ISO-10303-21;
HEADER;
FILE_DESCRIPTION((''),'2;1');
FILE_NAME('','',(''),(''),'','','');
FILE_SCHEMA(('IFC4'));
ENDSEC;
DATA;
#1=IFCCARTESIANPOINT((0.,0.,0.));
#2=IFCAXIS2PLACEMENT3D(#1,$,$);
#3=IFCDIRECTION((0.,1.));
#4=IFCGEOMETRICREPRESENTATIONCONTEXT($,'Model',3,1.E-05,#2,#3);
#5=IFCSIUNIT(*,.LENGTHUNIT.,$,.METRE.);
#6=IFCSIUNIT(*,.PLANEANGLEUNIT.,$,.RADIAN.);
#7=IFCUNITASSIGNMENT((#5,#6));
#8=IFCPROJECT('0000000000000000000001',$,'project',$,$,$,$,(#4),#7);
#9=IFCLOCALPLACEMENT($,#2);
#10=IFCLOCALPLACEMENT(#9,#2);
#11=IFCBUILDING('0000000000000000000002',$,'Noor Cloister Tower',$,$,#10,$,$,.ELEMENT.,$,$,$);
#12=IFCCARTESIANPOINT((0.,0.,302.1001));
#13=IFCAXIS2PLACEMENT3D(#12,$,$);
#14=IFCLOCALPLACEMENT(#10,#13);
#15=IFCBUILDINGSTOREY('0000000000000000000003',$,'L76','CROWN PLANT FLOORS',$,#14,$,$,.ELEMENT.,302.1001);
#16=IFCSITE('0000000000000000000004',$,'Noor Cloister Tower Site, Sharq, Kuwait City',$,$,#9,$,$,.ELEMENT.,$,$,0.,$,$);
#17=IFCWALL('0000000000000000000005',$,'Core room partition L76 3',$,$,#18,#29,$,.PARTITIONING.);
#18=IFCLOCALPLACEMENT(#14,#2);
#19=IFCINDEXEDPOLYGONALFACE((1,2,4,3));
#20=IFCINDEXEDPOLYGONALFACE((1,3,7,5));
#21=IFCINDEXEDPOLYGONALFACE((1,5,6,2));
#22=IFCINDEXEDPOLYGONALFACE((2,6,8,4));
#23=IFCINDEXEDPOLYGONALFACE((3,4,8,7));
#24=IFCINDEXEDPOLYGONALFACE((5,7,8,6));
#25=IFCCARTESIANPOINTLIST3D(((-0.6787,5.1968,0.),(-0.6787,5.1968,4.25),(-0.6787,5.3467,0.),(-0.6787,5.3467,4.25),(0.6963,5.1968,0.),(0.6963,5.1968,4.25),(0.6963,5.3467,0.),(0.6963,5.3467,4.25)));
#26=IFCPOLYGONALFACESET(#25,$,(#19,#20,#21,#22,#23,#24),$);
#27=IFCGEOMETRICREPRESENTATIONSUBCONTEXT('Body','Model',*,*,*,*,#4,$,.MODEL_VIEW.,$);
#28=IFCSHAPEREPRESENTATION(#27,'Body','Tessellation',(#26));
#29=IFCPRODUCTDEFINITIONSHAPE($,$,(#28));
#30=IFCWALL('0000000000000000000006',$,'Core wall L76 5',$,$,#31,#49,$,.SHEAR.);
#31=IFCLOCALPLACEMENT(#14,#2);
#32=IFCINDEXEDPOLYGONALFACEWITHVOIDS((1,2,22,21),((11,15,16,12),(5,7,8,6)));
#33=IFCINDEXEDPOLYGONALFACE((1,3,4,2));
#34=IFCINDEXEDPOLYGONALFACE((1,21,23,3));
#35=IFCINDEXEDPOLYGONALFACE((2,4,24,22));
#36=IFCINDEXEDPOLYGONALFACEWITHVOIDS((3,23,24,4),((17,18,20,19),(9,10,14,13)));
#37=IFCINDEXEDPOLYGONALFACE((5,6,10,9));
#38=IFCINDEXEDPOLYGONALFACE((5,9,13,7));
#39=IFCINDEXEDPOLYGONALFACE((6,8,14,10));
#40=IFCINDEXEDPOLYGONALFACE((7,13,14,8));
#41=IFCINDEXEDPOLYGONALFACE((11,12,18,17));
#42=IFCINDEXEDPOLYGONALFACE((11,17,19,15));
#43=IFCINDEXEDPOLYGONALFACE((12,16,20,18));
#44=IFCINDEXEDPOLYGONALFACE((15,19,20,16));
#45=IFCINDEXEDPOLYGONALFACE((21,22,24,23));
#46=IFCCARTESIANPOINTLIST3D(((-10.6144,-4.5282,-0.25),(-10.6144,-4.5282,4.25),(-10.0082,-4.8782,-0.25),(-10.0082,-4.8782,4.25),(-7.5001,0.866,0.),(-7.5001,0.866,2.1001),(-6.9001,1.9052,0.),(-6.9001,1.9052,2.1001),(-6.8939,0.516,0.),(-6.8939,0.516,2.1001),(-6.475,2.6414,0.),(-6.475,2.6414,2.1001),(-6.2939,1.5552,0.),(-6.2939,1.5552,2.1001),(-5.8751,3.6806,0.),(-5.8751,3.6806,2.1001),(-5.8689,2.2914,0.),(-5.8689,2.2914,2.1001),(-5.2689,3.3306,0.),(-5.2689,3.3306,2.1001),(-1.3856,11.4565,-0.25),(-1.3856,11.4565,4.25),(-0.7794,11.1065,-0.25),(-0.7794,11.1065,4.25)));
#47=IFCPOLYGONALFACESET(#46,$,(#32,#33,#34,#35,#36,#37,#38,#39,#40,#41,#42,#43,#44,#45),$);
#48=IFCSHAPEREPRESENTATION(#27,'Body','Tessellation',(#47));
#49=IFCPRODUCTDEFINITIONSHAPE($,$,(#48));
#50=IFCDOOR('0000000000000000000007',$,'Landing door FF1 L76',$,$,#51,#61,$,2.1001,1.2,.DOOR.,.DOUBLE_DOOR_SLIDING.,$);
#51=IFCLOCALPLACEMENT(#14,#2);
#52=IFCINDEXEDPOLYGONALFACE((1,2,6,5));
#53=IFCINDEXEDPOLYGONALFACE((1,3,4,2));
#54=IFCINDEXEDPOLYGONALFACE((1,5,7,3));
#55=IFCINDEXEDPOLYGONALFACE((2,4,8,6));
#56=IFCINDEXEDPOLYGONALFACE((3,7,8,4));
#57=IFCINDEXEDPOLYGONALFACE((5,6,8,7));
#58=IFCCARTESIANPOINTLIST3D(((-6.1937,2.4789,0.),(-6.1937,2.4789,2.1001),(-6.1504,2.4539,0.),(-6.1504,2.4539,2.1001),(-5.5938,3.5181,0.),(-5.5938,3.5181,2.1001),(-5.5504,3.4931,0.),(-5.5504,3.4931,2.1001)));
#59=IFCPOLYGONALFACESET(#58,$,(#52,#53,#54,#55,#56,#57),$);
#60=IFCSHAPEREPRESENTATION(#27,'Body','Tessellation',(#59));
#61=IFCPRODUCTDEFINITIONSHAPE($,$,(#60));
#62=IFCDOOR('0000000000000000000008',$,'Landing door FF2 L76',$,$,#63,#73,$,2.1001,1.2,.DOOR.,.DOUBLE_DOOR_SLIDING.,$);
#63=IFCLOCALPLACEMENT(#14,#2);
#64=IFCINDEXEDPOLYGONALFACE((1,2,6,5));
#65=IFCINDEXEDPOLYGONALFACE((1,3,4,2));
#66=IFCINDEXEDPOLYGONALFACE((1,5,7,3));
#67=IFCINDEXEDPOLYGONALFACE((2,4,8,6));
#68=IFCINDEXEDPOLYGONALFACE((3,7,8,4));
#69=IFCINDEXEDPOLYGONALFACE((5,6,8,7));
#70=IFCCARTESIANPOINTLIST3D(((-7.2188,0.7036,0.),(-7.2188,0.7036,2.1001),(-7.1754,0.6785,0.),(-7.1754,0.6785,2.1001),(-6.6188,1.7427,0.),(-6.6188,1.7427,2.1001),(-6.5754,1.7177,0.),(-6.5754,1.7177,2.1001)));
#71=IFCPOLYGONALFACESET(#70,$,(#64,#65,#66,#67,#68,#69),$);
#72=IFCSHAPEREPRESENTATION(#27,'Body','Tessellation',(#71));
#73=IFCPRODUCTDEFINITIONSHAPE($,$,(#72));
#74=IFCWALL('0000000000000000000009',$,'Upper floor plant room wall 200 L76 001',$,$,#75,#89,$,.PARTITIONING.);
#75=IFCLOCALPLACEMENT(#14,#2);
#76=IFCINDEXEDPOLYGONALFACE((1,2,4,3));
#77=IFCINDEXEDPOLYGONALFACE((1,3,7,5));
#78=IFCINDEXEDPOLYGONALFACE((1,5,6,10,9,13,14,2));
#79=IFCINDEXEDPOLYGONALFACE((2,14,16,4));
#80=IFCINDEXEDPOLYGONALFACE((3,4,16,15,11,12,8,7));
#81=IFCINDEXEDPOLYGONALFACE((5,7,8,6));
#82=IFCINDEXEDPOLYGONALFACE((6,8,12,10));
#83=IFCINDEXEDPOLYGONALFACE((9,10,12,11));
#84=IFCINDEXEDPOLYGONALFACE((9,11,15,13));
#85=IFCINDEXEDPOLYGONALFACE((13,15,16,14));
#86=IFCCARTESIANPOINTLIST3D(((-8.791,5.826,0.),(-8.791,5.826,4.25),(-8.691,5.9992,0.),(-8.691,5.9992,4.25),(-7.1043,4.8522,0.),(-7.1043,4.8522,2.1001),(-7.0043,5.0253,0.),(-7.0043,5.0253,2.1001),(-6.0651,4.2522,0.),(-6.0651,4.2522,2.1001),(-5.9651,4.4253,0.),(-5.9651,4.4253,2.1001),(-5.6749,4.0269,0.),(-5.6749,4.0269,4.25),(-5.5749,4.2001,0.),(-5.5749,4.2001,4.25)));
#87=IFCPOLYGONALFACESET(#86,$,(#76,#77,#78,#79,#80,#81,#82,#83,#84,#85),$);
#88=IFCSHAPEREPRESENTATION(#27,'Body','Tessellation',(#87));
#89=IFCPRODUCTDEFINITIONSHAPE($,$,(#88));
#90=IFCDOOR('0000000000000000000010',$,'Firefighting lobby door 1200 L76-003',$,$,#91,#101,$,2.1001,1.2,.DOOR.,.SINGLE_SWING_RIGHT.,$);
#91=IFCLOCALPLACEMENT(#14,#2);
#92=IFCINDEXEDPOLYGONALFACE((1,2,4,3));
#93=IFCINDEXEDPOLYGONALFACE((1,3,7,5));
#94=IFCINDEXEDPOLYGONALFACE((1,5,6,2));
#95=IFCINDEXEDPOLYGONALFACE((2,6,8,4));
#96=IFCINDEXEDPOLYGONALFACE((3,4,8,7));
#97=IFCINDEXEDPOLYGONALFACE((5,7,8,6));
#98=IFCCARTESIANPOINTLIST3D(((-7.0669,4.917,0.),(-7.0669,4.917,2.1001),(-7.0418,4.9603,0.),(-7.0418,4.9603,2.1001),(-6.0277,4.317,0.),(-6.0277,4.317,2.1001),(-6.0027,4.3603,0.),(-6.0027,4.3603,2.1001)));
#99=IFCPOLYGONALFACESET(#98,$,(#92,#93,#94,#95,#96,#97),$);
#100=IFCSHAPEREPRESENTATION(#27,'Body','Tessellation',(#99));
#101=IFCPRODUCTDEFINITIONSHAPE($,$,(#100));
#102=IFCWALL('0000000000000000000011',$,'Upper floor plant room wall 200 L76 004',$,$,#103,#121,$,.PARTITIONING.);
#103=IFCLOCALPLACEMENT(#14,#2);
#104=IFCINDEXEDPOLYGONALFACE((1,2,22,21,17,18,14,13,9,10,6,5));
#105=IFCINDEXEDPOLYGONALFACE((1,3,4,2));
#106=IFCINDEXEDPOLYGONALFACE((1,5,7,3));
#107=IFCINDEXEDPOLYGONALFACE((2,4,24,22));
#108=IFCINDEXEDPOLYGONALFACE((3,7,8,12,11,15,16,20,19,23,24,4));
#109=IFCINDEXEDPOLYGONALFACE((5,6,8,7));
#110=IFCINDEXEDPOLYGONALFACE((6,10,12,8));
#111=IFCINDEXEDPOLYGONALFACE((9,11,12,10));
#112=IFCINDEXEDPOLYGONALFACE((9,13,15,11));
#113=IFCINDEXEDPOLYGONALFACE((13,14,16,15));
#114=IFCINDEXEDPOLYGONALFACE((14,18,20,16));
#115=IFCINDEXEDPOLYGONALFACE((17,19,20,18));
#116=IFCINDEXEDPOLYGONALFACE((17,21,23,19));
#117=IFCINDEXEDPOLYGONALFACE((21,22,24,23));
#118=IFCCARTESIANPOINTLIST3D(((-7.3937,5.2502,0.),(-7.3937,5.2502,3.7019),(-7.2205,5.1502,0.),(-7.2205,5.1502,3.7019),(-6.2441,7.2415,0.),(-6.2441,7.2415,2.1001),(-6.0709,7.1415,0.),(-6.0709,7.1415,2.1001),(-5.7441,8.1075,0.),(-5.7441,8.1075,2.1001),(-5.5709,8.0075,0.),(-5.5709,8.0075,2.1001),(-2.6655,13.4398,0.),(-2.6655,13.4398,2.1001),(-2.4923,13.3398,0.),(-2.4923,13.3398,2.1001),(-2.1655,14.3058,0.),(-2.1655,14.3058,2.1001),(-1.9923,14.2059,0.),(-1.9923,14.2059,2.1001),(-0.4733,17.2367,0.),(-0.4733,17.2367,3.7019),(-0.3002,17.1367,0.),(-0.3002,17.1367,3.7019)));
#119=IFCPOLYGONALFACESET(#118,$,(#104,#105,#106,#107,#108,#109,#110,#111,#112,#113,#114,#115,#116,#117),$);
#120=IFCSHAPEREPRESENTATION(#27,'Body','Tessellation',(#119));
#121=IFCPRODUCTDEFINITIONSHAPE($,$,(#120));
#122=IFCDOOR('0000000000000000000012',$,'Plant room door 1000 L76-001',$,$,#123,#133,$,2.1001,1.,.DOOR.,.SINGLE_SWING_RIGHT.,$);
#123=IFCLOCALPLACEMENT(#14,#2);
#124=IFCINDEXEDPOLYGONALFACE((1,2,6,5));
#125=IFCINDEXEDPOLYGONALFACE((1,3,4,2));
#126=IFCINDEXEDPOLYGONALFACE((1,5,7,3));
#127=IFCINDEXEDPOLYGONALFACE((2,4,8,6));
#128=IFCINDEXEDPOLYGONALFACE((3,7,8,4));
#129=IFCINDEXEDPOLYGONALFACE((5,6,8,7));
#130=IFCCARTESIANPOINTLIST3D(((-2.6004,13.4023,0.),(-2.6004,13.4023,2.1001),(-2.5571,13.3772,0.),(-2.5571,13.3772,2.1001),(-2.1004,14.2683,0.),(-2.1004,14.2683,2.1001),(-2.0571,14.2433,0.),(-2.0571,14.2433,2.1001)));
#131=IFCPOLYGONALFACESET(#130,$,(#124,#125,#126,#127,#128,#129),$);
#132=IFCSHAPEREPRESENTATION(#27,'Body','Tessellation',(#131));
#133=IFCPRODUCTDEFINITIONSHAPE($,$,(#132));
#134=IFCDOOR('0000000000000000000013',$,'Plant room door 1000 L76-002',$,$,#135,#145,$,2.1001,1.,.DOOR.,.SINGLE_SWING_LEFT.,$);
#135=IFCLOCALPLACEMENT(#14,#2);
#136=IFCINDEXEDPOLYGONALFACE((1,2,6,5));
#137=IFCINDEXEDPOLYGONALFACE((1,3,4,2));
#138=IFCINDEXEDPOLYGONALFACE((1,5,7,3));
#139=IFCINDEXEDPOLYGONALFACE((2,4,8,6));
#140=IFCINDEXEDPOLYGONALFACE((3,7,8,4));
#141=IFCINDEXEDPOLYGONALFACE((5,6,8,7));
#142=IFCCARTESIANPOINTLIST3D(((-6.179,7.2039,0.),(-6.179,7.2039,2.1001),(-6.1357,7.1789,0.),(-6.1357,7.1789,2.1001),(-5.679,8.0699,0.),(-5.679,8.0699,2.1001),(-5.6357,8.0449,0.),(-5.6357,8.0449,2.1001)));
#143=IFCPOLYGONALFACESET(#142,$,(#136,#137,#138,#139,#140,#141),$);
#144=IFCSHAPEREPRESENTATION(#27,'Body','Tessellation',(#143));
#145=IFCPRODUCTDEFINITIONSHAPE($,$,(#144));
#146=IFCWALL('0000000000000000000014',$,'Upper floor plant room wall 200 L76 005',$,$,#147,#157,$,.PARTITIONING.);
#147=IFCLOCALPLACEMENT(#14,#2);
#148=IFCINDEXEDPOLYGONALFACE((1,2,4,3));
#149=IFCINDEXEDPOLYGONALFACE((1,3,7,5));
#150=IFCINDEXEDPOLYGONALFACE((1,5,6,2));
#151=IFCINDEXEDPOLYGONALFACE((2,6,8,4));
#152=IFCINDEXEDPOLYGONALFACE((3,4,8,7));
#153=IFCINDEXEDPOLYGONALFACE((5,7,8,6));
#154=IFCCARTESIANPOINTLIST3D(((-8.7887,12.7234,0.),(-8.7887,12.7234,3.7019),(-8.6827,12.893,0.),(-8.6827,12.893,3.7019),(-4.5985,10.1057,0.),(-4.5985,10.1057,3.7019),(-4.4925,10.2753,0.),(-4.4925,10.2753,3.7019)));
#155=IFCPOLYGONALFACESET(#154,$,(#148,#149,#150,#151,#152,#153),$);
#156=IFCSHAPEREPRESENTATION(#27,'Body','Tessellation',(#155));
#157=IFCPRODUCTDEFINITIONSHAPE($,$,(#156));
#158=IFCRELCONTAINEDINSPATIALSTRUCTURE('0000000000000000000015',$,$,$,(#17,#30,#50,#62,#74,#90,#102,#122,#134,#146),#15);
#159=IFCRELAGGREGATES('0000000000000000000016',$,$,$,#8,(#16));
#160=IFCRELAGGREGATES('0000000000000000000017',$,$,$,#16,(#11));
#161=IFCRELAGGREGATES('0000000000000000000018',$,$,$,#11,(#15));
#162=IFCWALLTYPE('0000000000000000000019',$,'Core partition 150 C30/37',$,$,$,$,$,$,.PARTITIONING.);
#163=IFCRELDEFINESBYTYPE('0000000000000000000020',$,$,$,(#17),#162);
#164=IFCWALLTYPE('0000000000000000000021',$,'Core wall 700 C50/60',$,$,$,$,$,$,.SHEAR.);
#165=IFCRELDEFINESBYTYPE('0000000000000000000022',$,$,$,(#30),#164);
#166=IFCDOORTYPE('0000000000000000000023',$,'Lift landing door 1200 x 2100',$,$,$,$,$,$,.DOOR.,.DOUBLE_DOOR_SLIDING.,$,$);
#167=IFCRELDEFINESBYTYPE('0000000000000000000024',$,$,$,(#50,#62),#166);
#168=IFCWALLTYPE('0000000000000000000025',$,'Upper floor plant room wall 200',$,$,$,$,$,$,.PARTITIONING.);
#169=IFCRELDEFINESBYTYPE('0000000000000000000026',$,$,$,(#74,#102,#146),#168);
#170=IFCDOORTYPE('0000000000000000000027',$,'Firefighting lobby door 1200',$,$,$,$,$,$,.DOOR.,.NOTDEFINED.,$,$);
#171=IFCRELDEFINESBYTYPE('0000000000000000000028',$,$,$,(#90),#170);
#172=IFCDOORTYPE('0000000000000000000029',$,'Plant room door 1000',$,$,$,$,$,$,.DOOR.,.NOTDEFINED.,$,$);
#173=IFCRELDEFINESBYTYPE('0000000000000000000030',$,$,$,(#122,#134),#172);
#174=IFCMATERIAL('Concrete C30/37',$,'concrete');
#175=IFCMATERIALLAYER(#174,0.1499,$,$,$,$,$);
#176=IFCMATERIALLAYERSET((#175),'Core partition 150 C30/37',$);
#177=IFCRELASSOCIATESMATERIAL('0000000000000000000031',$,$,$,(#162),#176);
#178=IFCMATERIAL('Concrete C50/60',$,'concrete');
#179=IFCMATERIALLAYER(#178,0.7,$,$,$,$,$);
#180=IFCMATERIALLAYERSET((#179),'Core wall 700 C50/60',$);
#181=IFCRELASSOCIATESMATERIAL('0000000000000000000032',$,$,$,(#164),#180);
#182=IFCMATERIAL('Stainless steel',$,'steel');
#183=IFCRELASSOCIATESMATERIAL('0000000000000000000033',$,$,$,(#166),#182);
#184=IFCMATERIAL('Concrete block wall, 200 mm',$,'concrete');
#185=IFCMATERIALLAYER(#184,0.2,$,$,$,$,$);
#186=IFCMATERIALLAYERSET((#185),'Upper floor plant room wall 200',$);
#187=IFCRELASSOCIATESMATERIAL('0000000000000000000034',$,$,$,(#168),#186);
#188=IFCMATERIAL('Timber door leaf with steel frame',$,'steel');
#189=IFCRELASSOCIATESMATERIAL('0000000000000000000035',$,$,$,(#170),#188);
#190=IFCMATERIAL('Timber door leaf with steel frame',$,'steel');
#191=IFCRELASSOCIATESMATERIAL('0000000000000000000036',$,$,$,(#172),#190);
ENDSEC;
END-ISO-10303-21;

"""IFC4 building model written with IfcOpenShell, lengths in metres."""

from ifc_helpers import new_model, si_unit, direction, frame, frame_2d, origin, place, context, subcontext, project, spatial, rectangle, extrude, material, layer, layer_set, type_object, element, fill, save


model = new_model("IFC4")

# Units and contexts
model_context = context("Model", 3, precision=1e-05, world=origin(), true_north=direction((0.0, 1.0)))
body_context = subcontext(model_context, "Body", "Model", "MODEL_VIEW")
ifc_project = project(units=[si_unit("LENGTHUNIT", "METRE"), si_unit("PLANEANGLEUNIT", "RADIAN")], contexts=[model_context])

# Site, building, storey
site_placement = place(None, origin())
site = spatial("IfcSite", under=ifc_project, at=site_placement, Name="Noor Cloister Tower Site, Sharq, Kuwait City", CompositionType="ELEMENT", RefElevation=0.0)
building_placement = place(site_placement, origin())
building = spatial("IfcBuilding", under=site, at=building_placement, Name="Noor Cloister Tower", CompositionType="ELEMENT")
storey_placement = place(building_placement, frame((0.0, 0.0, 302.1001)))
storey = spatial("IfcBuildingStorey", under=building, at=storey_placement, Name="L76", Description="CROWN PLANT FLOORS", CompositionType="ELEMENT", Elevation=302.1001)

# Shared definitions
ifc_material_1 = material(Name="Concrete C30/37", Category="concrete")
ifc_layer_1 = layer(ifc_material_1, 0.1499)
ifc_layer_set_1 = layer_set([ifc_layer_1], Name="Core partition 150 C30/37")
wall_type_1 = type_object("IfcWallType", Name="Core partition 150 C30/37", PredefinedType="PARTITIONING", material=ifc_layer_set_1)

# Wall
wall_1_placement = place(storey_placement, frame((-0.6787, 5.2717, 0.0), z_axis=(0.0, 0.0, 1.0), x_axis=(1.0, 0.0, 0.0)))
element("IfcWall", 1, at=wall_1_placement, inside=storey, type_object=wall_type_1, Name="Core room partition L76 3", PredefinedType="PARTITIONING", context=body_context, shape_type="SweptSolid", body=[
    extrude(rectangle(XDim=1.375, YDim=0.1499, at=frame_2d((0.6875, 0.0))), origin(), (0.0, 0.0, 1.0), 4.25),
])

# Wall, openings, doors
ifc_material_2 = material(Name="Concrete C50/60", Category="concrete")
ifc_layer_2 = layer(ifc_material_2, 0.7)
ifc_layer_set_2 = layer_set([ifc_layer_2], Name="Core wall 700 C50/60")
wall_type_2 = type_object("IfcWallType", Name="Core wall 700 C50/60", PredefinedType="SHEAR", material=ifc_layer_set_2)
wall_2_placement = place(storey_placement, frame((-1.0825, 11.2815, -0.25), z_axis=(0.0, 0.0, 1.0), x_axis=(-0.500001, -0.866025, 0.0)))
wall_2 = element("IfcWall", 2, at=wall_2_placement, inside=storey, type_object=wall_type_2, Name="Core wall L76 5", PredefinedType="SHEAR", context=body_context, shape_type="SweptSolid", body=[
    extrude(rectangle(XDim=18.4575, YDim=0.7, at=frame_2d((9.2288, 0.0))), origin(), (0.0, 0.0, 1.0), 4.5),
])
opening_1_placement = place(wall_2_placement, frame((8.9788, 0.0, 0.25)))
opening_1 = element("IfcOpeningElement", 3, at=opening_1_placement, cuts=wall_2, PredefinedType="OPENING", context=body_context, shape_type="SweptSolid", body=[
    extrude(rectangle(XDim=1.2, YDim=2.1001, at=frame_2d((0.6001, 1.05))), frame((0.0, 0.3599, 0.0), z_axis=(0.0, -1.0, 0.0), x_axis=(1.0, 0.0, 0.0)), (0.0, 0.0, 1.0), 0.72),
])
opening_2_placement = place(wall_2_placement, frame((11.0288, 0.0, 0.25)))
opening_2 = element("IfcOpeningElement", 4, at=opening_2_placement, cuts=wall_2, PredefinedType="OPENING", context=body_context, shape_type="SweptSolid", body=[
    extrude(rectangle(XDim=1.2, YDim=2.1001, at=frame_2d((0.6001, 1.05))), frame((0.0, 0.3599, 0.0), z_axis=(0.0, -1.0, 0.0), x_axis=(1.0, 0.0, 0.0)), (0.0, 0.0, 1.0), 0.72),
])
ifc_material_3 = material(Name="Stainless steel", Category="steel")
door_type_1 = type_object("IfcDoorType", Name="Lift landing door 1200 x 2100", OperationType="DOUBLE_DOOR_SLIDING", PredefinedType="DOOR", material=ifc_material_3)
door_1_placement = place(opening_1_placement, origin())
door_1 = element("IfcDoor", 5, at=door_1_placement, inside=storey, type_object=door_type_1, Name="Landing door FF1 L76", OperationType="DOUBLE_DOOR_SLIDING", OverallHeight=2.1001, OverallWidth=1.2, PredefinedType="DOOR", context=body_context, shape_type="SweptSolid", body=[
    extrude(rectangle(XDim=1.2, YDim=2.1001, at=frame_2d((0.6001, 1.05))), frame((0.0, 0.0249, 0.0), z_axis=(0.0, -1.0, 0.0), x_axis=(1.0, 0.0, 0.0)), (0.0, 0.0, 1.0), 0.05),
])
fill(opening_1, door_1)
door_2_placement = place(opening_2_placement, origin())
door_2 = element("IfcDoor", 6, at=door_2_placement, inside=storey, type_object=door_type_1, Name="Landing door FF2 L76", OperationType="DOUBLE_DOOR_SLIDING", OverallHeight=2.1001, OverallWidth=1.2, PredefinedType="DOOR", context=body_context, shape_type="SweptSolid", body=[
    extrude(rectangle(XDim=1.2, YDim=2.1001, at=frame_2d((0.6001, 1.05))), frame((0.0, 0.0249, 0.0), z_axis=(0.0, -1.0, 0.0), x_axis=(1.0, 0.0, 0.0)), (0.0, 0.0, 1.0), 0.05),
])
fill(opening_2, door_2)

# Wall, opening, door
ifc_material_4 = material(Name="Concrete block wall, 200 mm", Category="concrete")
ifc_layer_3 = layer(ifc_material_4, 0.2)
ifc_layer_set_3 = layer_set([ifc_layer_3], Name="Upper floor plant room wall 200")
wall_type_3 = type_object("IfcWallType", Name="Upper floor plant room wall 200", PredefinedType="PARTITIONING", material=ifc_layer_set_3)
wall_3_placement = place(storey_placement, frame((-8.741, 5.9126, 0.0), z_axis=(0.0, 0.0, 1.0), x_axis=(0.866017, -0.500014, 0.0)))
wall_3 = element("IfcWall", 7, at=wall_3_placement, inside=storey, type_object=wall_type_3, Name="Upper floor plant room wall 200 L76 001", PredefinedType="PARTITIONING", context=body_context, shape_type="SweptSolid", body=[
    extrude(rectangle(XDim=3.5981, YDim=0.2, at=frame_2d((1.7991, 0.0))), origin(), (0.0, 0.0, 1.0), 4.25),
])
opening_3_placement = place(wall_3_placement, frame((1.9475, 0.0, 0.0)))
opening_3 = element("IfcOpeningElement", 8, at=opening_3_placement, cuts=wall_3, PredefinedType="OPENING", context=body_context, shape_type="SweptSolid", body=[
    extrude(rectangle(XDim=1.2, YDim=2.1001, at=frame_2d((0.6001, 1.05))), frame((0.0, 0.1099, 0.0), z_axis=(0.0, -1.0, 0.0), x_axis=(1.0, 0.0, 0.0)), (0.0, 0.0, 1.0), 0.22),
])
ifc_material_5 = material(Name="Timber door leaf with steel frame", Category="steel")
door_type_2 = type_object("IfcDoorType", Name="Firefighting lobby door 1200", OperationType="NOTDEFINED", PredefinedType="DOOR", material=ifc_material_5)
door_3_placement = place(opening_3_placement, origin())
door_3 = element("IfcDoor", 9, at=door_3_placement, inside=storey, type_object=door_type_2, Name="Firefighting lobby door 1200 L76-003", OperationType="SINGLE_SWING_RIGHT", OverallHeight=2.1001, OverallWidth=1.2, PredefinedType="DOOR", context=body_context, shape_type="SweptSolid", body=[
    extrude(rectangle(XDim=1.2, YDim=2.1001, at=frame_2d((0.6001, 1.05))), frame((0.0, 0.0249, 0.0), z_axis=(0.0, -1.0, 0.0), x_axis=(1.0, 0.0, 0.0)), (0.0, 0.0, 1.0), 0.05),
])
fill(opening_3, door_3)

# Wall, openings, doors
wall_4_placement = place(storey_placement, frame((-7.3071, 5.2002, 0.0), z_axis=(0.0, 0.0, 1.0), x_axis=(0.499998, 0.866027, 0.0)))
wall_4 = element("IfcWall", 10, at=wall_4_placement, inside=storey, type_object=wall_type_3, Name="Upper floor plant room wall 200 L76 004", PredefinedType="PARTITIONING", context=body_context, shape_type="SweptSolid", body=[
    extrude(rectangle(XDim=13.8408, YDim=0.2, at=frame_2d((6.9204, 0.0))), origin(), (0.0, 0.0, 1.0), 3.7019),
])
opening_4_placement = place(wall_4_placement, frame((9.4565, 0.0, 0.0)))
opening_4 = element("IfcOpeningElement", 11, at=opening_4_placement, cuts=wall_4, PredefinedType="OPENING", context=body_context, shape_type="SweptSolid", body=[
    extrude(rectangle(XDim=1.0, YDim=2.1001, at=frame_2d((0.5, 1.05))), frame((0.0, 0.1099, 0.0), z_axis=(0.0, -1.0, 0.0), x_axis=(1.0, 0.0, 0.0)), (0.0, 0.0, 1.0), 0.22),
])
opening_5_placement = place(wall_4_placement, frame((2.2993, 0.0, 0.0)))
opening_5 = element("IfcOpeningElement", 12, at=opening_5_placement, cuts=wall_4, PredefinedType="OPENING", context=body_context, shape_type="SweptSolid", body=[
    extrude(rectangle(XDim=1.0, YDim=2.1001, at=frame_2d((0.5, 1.05))), frame((0.0, 0.1099, 0.0), z_axis=(0.0, -1.0, 0.0), x_axis=(1.0, 0.0, 0.0)), (0.0, 0.0, 1.0), 0.22),
])
ifc_material_6 = material(Name="Timber door leaf with steel frame", Category="steel")
door_type_3 = type_object("IfcDoorType", Name="Plant room door 1000", OperationType="NOTDEFINED", PredefinedType="DOOR", material=ifc_material_6)
door_4_placement = place(opening_4_placement, origin())
door_4 = element("IfcDoor", 13, at=door_4_placement, inside=storey, type_object=door_type_3, Name="Plant room door 1000 L76-001", OperationType="SINGLE_SWING_RIGHT", OverallHeight=2.1001, OverallWidth=1.0, PredefinedType="DOOR", context=body_context, shape_type="SweptSolid", body=[
    extrude(rectangle(XDim=1.0, YDim=2.1001, at=frame_2d((0.5, 1.05))), frame((0.0, 0.0249, 0.0), z_axis=(0.0, -1.0, 0.0), x_axis=(1.0, 0.0, 0.0)), (0.0, 0.0, 1.0), 0.05),
])
fill(opening_4, door_4)
door_5_placement = place(opening_5_placement, origin())
door_5 = element("IfcDoor", 14, at=door_5_placement, inside=storey, type_object=door_type_3, Name="Plant room door 1000 L76-002", OperationType="SINGLE_SWING_LEFT", OverallHeight=2.1001, OverallWidth=1.0, PredefinedType="DOOR", context=body_context, shape_type="SweptSolid", body=[
    extrude(rectangle(XDim=1.0, YDim=2.1001, at=frame_2d((0.5, 1.05))), frame((0.0, 0.0249, 0.0), z_axis=(0.0, -1.0, 0.0), x_axis=(1.0, 0.0, 0.0)), (0.0, 0.0, 1.0), 0.05),
])
fill(opening_5, door_5)

# Wall
wall_5_placement = place(storey_placement, frame((-8.7356, 12.8081, 0.0), z_axis=(0.0, 0.0, 1.0), x_axis=(0.848107, -0.529826, 0.0)))
element("IfcWall", 15, at=wall_5_placement, inside=storey, type_object=wall_type_3, Name="Upper floor plant room wall 200 L76 005", PredefinedType="PARTITIONING", context=body_context, shape_type="SweptSolid", body=[
    extrude(rectangle(XDim=4.9407, YDim=0.2, at=frame_2d((2.4702, 0.0))), origin(), (0.0, 0.0, 1.0), 3.7019),
])

save(model, "model.ifc")
